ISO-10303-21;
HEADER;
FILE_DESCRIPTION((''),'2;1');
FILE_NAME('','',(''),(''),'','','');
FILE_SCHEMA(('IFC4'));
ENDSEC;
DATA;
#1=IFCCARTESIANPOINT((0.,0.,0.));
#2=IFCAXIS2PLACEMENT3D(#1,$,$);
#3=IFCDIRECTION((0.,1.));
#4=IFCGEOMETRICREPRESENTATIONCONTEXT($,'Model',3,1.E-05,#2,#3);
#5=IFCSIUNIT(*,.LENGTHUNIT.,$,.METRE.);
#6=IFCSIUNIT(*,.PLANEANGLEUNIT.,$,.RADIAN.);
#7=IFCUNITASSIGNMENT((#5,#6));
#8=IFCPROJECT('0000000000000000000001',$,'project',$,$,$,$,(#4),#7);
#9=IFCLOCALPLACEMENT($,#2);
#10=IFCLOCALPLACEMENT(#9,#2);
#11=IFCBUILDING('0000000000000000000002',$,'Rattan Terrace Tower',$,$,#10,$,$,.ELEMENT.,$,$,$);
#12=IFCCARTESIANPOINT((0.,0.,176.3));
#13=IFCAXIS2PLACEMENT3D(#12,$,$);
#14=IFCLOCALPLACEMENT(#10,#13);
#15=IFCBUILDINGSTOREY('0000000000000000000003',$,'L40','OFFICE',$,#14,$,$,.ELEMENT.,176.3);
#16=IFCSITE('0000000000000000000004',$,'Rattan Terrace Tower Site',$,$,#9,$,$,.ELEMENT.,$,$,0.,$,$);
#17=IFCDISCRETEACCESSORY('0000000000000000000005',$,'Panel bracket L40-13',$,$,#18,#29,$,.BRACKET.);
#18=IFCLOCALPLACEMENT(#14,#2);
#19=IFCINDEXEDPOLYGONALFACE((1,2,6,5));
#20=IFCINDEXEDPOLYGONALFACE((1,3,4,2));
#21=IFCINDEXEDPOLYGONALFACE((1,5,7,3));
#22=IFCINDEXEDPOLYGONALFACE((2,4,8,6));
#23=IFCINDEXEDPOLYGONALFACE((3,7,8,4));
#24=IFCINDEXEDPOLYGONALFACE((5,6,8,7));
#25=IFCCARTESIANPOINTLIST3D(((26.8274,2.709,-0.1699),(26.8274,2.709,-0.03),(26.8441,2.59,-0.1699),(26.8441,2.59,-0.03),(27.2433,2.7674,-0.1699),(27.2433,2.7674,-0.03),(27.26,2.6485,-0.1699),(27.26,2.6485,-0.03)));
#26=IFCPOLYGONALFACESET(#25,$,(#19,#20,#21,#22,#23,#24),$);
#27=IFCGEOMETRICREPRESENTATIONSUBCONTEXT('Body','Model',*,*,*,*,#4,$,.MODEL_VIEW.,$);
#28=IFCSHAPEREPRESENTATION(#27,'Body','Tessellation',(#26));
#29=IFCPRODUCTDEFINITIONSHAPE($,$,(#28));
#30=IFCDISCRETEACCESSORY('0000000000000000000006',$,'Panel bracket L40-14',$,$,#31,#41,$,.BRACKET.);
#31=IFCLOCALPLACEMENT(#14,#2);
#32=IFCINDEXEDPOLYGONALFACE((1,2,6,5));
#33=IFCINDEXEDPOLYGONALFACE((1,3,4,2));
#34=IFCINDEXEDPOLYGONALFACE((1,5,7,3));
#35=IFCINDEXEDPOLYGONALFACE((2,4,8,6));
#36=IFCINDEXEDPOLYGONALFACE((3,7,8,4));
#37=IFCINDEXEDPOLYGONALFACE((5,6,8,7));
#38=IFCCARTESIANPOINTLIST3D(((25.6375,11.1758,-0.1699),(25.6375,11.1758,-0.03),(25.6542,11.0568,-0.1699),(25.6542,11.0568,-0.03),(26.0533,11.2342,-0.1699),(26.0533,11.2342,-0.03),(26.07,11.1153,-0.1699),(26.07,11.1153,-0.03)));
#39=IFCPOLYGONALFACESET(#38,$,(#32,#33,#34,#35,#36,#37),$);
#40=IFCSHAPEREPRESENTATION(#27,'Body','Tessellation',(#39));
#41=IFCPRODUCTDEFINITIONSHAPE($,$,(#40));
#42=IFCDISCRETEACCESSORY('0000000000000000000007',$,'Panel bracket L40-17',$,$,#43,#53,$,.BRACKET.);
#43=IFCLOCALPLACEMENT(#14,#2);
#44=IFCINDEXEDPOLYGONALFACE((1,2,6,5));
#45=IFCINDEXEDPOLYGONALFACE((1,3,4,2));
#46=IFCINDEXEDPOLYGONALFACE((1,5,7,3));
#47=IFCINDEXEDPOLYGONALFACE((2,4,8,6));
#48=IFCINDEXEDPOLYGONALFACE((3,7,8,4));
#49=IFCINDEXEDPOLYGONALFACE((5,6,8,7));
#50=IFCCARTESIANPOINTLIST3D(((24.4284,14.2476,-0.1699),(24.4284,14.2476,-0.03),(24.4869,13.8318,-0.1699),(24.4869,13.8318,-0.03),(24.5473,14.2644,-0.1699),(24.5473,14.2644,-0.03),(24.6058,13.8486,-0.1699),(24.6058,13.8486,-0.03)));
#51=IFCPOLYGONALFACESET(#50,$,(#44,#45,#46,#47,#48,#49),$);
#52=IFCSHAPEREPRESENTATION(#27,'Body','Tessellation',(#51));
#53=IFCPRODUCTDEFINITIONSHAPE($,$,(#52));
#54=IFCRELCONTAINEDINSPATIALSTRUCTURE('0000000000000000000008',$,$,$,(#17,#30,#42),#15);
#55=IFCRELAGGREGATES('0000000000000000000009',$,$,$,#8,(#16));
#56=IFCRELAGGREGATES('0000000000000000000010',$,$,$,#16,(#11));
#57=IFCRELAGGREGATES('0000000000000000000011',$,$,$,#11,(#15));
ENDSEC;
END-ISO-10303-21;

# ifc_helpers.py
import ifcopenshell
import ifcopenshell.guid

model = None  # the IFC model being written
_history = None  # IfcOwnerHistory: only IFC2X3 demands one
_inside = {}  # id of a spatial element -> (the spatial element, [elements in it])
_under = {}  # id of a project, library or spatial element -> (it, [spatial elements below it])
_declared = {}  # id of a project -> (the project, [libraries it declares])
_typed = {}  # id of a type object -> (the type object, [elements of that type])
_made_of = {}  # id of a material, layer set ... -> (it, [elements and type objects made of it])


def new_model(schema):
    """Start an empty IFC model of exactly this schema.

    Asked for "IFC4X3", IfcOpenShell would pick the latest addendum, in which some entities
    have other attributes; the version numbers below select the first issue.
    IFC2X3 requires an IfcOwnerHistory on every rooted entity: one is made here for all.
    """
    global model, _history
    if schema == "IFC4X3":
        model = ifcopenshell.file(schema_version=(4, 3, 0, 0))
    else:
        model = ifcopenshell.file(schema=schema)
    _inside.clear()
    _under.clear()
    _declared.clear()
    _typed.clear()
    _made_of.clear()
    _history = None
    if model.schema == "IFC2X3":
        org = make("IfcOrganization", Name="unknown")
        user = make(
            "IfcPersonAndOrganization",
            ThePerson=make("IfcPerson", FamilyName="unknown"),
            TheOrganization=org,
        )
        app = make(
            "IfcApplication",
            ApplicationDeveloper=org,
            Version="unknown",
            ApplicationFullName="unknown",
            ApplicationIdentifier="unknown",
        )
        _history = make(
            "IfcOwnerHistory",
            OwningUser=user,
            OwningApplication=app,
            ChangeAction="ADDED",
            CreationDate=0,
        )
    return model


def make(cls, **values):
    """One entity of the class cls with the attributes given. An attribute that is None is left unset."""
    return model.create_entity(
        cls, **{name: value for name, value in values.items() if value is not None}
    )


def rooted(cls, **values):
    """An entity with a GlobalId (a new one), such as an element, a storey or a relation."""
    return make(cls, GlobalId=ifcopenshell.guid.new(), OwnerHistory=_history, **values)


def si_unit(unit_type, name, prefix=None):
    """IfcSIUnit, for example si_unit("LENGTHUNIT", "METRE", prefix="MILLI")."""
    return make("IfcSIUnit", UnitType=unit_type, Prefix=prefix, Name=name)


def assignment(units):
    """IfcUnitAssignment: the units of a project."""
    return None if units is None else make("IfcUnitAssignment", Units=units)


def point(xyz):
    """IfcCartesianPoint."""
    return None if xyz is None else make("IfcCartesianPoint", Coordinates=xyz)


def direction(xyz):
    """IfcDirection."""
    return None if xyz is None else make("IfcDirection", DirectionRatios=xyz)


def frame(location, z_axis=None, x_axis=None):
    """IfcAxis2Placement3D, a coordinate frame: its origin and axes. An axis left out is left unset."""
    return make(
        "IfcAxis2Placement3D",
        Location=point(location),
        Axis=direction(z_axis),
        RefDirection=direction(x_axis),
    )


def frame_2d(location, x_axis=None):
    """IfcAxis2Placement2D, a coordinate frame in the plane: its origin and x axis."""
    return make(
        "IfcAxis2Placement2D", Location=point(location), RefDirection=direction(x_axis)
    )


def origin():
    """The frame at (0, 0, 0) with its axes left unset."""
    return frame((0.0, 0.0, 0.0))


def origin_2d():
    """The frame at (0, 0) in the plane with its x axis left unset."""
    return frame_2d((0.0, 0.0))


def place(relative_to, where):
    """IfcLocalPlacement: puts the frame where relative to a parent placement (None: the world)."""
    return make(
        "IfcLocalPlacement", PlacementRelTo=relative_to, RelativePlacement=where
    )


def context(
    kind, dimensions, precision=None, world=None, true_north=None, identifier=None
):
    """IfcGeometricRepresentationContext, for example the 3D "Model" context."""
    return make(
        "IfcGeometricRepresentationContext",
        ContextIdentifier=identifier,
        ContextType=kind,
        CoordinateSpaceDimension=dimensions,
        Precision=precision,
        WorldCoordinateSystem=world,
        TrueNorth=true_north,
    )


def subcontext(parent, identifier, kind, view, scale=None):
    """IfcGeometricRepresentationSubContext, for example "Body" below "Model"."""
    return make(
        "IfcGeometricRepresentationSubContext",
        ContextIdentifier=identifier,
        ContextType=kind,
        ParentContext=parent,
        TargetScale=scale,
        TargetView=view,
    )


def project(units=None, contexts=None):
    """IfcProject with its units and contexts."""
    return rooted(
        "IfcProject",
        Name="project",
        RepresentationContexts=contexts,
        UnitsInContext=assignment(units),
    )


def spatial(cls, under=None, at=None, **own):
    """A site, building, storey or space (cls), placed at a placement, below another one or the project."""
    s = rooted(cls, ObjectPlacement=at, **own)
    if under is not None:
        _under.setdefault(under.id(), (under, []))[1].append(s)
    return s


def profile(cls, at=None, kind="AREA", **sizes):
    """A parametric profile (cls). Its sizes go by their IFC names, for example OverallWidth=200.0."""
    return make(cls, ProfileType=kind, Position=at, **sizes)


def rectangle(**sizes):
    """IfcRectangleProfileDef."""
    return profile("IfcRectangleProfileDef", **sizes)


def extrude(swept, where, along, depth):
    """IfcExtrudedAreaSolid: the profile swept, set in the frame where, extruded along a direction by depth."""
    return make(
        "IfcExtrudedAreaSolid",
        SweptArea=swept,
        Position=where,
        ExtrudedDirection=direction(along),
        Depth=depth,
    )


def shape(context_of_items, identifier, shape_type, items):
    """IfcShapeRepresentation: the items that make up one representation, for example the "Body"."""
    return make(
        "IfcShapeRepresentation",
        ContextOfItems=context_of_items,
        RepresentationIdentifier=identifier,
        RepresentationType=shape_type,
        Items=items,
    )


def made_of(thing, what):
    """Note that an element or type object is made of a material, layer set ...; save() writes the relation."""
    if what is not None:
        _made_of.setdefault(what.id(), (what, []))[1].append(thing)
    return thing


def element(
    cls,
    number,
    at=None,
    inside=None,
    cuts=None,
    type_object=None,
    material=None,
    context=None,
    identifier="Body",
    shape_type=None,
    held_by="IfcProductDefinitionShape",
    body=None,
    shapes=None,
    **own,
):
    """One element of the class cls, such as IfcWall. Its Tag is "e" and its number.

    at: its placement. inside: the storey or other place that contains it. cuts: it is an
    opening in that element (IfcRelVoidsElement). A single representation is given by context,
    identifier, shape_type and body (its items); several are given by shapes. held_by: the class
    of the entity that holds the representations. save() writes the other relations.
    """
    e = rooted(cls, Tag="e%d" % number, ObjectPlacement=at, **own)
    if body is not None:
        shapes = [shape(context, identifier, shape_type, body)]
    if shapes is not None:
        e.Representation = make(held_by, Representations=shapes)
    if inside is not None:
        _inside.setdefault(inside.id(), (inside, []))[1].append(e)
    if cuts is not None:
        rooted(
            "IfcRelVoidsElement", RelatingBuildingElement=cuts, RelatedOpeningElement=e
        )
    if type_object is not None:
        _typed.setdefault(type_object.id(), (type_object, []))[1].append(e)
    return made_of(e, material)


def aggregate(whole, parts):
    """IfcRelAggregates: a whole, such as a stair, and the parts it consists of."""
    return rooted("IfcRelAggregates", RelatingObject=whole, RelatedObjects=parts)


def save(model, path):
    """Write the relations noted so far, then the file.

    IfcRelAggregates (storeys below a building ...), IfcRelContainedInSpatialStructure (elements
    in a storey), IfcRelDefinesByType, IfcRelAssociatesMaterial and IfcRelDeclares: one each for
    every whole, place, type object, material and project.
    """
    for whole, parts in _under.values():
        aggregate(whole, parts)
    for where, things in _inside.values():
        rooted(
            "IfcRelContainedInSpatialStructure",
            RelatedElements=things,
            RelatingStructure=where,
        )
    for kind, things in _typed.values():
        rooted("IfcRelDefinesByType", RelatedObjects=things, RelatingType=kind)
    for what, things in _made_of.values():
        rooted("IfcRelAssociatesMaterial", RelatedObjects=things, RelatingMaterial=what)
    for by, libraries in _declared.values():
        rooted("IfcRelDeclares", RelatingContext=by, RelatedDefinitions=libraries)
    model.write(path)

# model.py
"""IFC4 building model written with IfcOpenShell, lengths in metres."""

from ifc_helpers import new_model, si_unit, direction, frame, origin, origin_2d, place, context, subcontext, project, spatial, rectangle, extrude, element, save


model = new_model("IFC4")

# Units and contexts
model_context = context("Model", 3, precision=1e-05, world=origin(), true_north=direction((0.0, 1.0)))
body_context = subcontext(model_context, "Body", "Model", "MODEL_VIEW")
ifc_project = project(units=[si_unit("LENGTHUNIT", "METRE"), si_unit("PLANEANGLEUNIT", "RADIAN")], contexts=[model_context])

# Site, building, storey
site_placement = place(None, origin())
site = spatial("IfcSite", under=ifc_project, at=site_placement, Name="Rattan Terrace Tower Site", CompositionType="ELEMENT", RefElevation=0.0)
building_placement = place(site_placement, origin())
building = spatial("IfcBuilding", under=site, at=building_placement, Name="Rattan Terrace Tower", CompositionType="ELEMENT")
storey_placement = place(building_placement, frame((0.0, 0.0, 176.3)))
storey = spatial("IfcBuildingStorey", under=building, at=storey_placement, Name="L40", Description="OFFICE", CompositionType="ELEMENT", Elevation=176.3)

# Discrete accessories
for number, where, z_axis, x_axis, name in (
    (1, (27.0437, 2.6787, -0.1699), (0.0, 0.0, 1.0), (-0.139191, 0.990266, 0.0), "Panel bracket L40-13"),
    (2, (25.8538, 11.1455, -0.1699), (0.0, 0.0, 1.0), (-0.139191, 0.990266, 0.0), "Panel bracket L40-14"),
    (3, (24.5171, 14.0481, -0.1699), (0.0, 0.0, 1.0), (-0.990241, -0.139367, 0.0), "Panel bracket L40-17"),
):
    element("IfcDiscreteAccessory", number, at=place(storey_placement, frame(where, z_axis=z_axis, x_axis=x_axis)), inside=storey, Name=name, PredefinedType="BRACKET", context=body_context, shape_type="SweptSolid", body=[
        extrude(rectangle(XDim=0.1201, YDim=0.4199, at=origin_2d()), origin(), (0.0, 0.0, 1.0), 0.1399),
    ])

save(model, "model.ifc")
